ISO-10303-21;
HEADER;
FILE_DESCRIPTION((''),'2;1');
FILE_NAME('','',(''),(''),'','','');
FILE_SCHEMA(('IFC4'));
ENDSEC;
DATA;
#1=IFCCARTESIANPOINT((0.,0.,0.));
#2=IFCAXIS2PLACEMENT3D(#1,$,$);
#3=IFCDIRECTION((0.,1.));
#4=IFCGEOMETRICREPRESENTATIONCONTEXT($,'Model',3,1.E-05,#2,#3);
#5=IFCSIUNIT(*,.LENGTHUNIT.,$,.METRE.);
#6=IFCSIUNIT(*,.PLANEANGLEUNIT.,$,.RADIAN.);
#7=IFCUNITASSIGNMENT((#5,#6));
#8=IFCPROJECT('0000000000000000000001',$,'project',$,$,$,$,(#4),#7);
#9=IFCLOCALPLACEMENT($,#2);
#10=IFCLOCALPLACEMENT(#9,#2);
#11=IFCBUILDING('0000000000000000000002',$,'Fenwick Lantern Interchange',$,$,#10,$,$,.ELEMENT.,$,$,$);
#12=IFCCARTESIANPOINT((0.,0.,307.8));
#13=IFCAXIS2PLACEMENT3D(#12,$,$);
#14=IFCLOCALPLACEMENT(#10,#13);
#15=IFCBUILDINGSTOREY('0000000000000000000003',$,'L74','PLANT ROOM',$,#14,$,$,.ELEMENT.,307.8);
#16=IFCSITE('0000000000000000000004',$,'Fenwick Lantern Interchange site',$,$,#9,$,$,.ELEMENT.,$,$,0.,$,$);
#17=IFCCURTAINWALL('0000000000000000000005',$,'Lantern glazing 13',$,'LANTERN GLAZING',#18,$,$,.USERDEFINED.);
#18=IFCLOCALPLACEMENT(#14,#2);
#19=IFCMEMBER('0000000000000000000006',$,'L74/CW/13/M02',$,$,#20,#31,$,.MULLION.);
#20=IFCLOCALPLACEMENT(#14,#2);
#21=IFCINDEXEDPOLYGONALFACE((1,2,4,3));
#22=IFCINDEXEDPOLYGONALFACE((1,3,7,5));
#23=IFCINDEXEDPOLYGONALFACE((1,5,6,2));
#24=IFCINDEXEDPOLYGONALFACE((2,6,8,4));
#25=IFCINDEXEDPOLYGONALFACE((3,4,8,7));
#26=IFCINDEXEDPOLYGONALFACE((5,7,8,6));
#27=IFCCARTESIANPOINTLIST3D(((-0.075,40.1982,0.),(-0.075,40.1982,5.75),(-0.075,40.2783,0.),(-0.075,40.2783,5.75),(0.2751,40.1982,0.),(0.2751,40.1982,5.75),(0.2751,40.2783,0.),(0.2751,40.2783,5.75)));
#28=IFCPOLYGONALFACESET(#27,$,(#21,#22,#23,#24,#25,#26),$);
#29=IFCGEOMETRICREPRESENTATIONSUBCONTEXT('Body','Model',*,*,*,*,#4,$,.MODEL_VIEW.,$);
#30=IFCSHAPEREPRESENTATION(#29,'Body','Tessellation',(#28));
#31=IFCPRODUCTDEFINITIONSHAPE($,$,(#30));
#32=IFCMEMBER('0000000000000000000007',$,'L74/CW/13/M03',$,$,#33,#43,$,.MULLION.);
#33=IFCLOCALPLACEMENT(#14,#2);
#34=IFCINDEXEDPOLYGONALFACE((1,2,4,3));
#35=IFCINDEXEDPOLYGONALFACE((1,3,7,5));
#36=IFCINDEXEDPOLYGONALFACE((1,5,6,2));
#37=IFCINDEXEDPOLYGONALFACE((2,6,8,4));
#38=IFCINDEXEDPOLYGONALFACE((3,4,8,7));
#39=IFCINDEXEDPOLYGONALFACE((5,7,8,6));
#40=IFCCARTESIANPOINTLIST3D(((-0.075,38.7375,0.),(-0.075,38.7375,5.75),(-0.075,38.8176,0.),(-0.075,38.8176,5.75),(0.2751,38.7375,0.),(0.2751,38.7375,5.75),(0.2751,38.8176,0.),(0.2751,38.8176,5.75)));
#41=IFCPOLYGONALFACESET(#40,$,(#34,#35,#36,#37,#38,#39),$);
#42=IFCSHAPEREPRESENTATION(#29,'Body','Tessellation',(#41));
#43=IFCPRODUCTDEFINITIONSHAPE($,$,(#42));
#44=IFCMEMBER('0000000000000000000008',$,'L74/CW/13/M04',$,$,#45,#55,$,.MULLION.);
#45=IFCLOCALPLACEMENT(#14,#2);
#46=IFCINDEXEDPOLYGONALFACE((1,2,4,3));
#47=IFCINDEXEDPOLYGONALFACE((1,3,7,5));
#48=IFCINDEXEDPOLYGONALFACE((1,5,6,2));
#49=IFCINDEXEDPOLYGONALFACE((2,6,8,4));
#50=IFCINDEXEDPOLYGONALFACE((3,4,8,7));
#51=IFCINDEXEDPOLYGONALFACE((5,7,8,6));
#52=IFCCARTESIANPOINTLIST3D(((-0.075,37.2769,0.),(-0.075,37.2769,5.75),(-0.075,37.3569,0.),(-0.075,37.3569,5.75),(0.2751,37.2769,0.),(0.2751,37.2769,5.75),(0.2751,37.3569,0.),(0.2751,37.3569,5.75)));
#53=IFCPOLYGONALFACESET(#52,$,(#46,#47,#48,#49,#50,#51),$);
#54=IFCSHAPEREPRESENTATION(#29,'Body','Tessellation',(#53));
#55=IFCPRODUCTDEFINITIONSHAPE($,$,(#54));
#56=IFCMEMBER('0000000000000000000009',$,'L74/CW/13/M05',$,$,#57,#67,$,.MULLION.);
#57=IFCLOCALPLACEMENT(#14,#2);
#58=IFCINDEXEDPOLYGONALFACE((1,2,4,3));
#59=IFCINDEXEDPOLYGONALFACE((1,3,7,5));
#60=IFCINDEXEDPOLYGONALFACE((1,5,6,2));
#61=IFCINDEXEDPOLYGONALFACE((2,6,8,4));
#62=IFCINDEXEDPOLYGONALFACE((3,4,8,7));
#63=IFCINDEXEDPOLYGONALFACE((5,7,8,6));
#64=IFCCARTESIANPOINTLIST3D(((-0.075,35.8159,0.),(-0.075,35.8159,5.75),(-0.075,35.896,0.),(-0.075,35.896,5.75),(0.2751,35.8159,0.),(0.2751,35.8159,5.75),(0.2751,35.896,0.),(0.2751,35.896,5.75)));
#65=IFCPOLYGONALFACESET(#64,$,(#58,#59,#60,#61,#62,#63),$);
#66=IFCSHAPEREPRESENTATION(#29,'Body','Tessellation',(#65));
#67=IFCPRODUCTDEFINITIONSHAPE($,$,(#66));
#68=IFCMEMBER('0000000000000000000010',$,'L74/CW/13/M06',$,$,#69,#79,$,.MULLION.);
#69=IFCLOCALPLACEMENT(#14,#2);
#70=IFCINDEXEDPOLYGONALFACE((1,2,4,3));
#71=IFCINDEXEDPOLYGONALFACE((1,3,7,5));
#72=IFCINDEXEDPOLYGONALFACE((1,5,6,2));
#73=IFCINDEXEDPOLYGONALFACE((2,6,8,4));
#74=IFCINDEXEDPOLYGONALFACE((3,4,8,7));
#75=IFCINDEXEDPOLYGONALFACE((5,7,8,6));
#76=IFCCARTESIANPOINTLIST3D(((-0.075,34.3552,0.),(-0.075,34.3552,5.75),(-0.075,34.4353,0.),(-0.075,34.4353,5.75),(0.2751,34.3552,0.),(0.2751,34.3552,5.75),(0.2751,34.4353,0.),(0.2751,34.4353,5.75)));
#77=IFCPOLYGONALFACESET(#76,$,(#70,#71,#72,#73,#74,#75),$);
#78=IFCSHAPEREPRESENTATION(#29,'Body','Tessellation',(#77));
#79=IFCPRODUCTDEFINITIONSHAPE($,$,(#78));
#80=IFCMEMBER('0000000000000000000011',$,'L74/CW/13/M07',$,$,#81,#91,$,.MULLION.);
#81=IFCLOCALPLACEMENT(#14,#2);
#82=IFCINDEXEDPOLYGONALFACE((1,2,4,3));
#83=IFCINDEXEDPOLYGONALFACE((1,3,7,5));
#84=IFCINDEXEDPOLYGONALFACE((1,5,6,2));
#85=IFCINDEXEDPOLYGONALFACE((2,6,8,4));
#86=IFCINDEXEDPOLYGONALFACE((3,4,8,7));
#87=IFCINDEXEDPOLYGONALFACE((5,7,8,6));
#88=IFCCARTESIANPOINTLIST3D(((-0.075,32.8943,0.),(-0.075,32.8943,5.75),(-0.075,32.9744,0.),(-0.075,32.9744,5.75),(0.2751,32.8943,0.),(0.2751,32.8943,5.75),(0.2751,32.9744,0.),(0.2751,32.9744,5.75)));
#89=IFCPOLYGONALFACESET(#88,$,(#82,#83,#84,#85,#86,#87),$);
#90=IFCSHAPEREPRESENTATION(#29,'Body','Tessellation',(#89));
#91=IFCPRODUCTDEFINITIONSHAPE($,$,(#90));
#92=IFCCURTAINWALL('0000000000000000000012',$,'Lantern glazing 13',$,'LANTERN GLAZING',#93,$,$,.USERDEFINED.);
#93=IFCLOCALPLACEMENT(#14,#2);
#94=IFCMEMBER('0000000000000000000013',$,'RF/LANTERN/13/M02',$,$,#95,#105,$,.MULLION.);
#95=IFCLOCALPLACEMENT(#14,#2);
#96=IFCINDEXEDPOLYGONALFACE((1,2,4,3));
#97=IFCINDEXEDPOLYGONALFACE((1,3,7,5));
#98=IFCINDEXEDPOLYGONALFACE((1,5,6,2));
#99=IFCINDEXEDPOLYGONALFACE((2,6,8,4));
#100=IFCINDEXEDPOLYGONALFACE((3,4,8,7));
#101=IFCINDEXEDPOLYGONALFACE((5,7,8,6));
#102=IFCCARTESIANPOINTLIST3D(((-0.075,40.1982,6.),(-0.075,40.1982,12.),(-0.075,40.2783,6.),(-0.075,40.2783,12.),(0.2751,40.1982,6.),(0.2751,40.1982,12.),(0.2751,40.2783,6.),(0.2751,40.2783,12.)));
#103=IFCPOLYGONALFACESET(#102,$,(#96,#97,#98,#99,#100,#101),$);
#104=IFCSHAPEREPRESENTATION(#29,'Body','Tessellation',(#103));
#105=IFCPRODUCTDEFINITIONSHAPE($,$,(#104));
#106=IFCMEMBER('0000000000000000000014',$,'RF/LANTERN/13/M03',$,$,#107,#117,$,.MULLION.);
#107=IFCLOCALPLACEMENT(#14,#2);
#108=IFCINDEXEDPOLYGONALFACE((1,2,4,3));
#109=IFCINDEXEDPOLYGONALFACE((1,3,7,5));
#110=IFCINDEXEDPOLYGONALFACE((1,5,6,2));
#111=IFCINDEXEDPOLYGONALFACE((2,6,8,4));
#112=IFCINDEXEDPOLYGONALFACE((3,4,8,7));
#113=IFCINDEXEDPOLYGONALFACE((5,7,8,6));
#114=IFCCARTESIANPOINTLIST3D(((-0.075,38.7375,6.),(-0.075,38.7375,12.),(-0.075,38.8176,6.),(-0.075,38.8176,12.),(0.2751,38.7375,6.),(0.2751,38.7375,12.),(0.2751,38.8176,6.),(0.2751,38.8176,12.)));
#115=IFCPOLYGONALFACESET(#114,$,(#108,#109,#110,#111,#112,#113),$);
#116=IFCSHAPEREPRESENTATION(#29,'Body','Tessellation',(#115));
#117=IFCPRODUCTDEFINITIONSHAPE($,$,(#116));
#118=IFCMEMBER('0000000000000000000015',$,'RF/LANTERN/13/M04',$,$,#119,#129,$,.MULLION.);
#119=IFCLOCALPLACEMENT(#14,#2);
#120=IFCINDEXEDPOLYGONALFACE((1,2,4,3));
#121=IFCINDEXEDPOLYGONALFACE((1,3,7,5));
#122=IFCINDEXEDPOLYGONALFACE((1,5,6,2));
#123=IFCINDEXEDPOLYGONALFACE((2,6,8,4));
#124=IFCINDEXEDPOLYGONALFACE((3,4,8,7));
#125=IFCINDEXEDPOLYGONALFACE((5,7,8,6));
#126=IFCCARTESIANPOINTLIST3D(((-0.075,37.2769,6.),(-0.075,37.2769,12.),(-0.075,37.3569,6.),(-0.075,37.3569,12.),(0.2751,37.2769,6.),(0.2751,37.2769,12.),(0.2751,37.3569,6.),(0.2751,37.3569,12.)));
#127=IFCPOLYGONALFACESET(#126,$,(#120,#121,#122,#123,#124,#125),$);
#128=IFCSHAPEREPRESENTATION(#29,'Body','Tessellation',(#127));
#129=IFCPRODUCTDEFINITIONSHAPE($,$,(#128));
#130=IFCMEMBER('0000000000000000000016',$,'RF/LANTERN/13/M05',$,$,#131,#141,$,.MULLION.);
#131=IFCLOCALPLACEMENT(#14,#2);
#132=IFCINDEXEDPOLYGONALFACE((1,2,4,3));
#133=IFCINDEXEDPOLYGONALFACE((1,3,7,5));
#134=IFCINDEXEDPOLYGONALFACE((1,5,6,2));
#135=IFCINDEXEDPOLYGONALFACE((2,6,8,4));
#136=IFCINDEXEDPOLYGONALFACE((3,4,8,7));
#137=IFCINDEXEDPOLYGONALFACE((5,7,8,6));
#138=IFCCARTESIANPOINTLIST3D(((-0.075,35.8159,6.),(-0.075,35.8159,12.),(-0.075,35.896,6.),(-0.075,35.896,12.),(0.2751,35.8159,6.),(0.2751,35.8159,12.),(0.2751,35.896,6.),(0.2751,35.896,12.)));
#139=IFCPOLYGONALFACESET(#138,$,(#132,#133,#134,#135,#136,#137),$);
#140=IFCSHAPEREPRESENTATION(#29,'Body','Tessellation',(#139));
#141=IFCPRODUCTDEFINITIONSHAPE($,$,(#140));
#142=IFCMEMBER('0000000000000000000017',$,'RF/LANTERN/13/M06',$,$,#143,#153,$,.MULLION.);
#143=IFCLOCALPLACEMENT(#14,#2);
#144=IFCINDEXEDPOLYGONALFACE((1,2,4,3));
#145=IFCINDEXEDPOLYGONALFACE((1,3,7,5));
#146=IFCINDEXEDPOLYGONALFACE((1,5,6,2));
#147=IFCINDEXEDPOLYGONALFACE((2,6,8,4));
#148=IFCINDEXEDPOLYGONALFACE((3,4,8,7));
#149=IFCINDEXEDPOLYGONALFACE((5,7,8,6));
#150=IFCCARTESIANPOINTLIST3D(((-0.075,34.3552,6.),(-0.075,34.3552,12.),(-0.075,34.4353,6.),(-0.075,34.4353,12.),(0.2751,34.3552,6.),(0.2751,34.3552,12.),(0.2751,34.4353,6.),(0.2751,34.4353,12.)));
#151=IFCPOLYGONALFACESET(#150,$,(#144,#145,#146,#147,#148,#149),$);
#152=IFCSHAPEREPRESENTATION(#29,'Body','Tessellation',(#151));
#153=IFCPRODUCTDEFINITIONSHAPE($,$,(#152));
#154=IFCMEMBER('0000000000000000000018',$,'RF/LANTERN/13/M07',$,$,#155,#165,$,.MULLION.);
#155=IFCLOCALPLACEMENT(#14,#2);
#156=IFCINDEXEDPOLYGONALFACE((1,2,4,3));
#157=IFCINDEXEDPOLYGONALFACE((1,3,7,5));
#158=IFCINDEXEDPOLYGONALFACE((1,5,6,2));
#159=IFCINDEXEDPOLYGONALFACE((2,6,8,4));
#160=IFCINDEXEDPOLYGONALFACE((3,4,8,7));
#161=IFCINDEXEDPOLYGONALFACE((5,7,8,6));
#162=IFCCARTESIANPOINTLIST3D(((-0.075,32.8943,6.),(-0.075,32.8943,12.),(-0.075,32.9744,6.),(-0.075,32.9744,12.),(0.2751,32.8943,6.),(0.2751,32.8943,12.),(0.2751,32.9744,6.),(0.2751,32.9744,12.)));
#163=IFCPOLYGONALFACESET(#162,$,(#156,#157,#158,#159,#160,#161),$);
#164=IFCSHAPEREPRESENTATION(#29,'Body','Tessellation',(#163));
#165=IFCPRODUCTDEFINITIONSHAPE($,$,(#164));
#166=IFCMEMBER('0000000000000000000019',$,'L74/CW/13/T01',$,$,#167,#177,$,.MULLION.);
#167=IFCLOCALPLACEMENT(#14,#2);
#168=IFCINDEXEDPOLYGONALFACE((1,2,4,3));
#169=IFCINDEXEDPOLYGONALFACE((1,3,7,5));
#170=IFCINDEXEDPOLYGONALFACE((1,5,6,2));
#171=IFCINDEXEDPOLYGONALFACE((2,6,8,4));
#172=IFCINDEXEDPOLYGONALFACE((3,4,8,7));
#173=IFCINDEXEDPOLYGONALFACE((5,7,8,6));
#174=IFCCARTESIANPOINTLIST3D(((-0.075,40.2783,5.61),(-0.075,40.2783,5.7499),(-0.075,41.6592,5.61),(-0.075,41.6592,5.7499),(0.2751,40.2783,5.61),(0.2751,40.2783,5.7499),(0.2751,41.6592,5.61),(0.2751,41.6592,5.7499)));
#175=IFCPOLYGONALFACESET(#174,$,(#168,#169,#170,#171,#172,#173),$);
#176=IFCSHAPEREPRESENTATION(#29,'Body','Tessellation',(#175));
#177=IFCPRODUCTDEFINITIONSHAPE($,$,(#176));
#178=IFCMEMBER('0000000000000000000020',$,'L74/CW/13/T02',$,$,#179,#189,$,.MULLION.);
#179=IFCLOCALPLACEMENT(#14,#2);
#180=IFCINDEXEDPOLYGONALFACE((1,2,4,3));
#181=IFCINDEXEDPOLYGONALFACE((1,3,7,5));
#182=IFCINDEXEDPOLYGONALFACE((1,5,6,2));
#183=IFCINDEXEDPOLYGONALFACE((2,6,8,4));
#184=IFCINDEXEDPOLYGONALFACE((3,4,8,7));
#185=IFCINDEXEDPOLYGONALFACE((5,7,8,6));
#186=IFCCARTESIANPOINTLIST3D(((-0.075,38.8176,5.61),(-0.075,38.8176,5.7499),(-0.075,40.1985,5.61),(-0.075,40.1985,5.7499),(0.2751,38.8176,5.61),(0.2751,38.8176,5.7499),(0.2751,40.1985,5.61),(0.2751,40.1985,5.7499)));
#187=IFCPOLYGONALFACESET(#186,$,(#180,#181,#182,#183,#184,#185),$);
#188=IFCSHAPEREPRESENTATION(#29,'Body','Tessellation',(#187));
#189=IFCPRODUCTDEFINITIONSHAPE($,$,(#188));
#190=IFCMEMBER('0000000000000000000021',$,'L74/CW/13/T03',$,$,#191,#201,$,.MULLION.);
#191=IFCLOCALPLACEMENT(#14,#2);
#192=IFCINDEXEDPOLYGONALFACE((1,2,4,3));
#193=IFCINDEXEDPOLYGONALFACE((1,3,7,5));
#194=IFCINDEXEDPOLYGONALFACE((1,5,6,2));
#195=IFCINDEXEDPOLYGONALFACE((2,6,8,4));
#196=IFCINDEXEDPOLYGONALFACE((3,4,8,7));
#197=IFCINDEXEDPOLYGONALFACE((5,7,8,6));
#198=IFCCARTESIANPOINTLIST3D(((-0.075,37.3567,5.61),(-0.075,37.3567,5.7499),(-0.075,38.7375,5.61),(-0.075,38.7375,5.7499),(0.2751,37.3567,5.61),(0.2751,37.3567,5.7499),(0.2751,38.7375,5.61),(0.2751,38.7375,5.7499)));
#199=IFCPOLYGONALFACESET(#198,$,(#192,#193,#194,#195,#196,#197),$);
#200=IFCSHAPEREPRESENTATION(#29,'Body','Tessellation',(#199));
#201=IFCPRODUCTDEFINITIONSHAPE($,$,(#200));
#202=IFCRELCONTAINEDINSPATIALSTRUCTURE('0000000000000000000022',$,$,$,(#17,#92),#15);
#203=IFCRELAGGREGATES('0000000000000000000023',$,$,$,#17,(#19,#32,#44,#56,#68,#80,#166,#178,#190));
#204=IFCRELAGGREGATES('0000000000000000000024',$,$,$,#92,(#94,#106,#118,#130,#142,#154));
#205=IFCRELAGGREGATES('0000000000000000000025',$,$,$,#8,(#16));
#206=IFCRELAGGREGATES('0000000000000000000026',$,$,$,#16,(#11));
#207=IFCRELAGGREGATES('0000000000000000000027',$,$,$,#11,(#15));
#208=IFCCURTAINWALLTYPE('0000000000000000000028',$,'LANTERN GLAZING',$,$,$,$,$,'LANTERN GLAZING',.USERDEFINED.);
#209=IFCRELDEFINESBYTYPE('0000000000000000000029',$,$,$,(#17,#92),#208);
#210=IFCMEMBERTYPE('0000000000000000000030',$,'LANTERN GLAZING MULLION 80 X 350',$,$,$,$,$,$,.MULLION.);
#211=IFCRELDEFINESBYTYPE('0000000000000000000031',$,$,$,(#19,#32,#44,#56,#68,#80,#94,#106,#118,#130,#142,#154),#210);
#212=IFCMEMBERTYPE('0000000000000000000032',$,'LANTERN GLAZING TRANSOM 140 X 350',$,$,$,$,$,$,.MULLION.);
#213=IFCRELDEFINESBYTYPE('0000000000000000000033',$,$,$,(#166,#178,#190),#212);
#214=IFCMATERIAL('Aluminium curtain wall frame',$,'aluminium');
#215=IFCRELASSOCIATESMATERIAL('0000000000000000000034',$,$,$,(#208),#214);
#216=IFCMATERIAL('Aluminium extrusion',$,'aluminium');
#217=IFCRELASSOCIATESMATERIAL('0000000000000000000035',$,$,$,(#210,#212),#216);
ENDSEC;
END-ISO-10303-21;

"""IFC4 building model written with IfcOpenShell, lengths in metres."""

from ifc_helpers import new_model, si_unit, direction, frame, origin, origin_2d, place, context, subcontext, project, spatial, rectangle, extrude, material, material_profile, profile_set, type_object, element, aggregate, save


model = new_model("IFC4")

# Units and contexts
model_context = context("Model", 3, precision=1e-05, world=origin(), true_north=direction((0.0, 1.0)))
body_context = subcontext(model_context, "Body", "Model", "MODEL_VIEW")
ifc_project = project(units=[si_unit("LENGTHUNIT", "METRE"), si_unit("PLANEANGLEUNIT", "RADIAN")], contexts=[model_context])

# Site, building, storey
site_placement = place(None, origin())
site = spatial("IfcSite", under=ifc_project, at=site_placement, Name="Fenwick Lantern Interchange site", CompositionType="ELEMENT", RefElevation=0.0)
building_placement = place(site_placement, origin())
building = spatial("IfcBuilding", under=site, at=building_placement, Name="Fenwick Lantern Interchange", CompositionType="ELEMENT")
storey_placement = place(building_placement, frame((0.0, 0.0, 307.8)))
storey = spatial("IfcBuildingStorey", under=building, at=storey_placement, Name="L74", Description="PLANT ROOM", CompositionType="ELEMENT", Elevation=307.8)

# Curtain walls, members
ifc_material_1 = material(Name="Aluminium curtain wall frame", Category="aluminium")
curtain_wall_type = type_object("IfcCurtainWallType", Name="LANTERN GLAZING", ElementType="LANTERN GLAZING", PredefinedType="USERDEFINED", material=ifc_material_1)
curtain_wall_1_placement = place(storey_placement, origin())
curtain_wall_1 = element("IfcCurtainWall", 1, at=curtain_wall_1_placement, inside=storey, type_object=curtain_wall_type, Name="Lantern glazing 13", ObjectType="LANTERN GLAZING", PredefinedType="USERDEFINED")
ifc_material_2 = material(Name="Aluminium extrusion", Category="aluminium")
ifc_material_profile_1 = material_profile(ifc_material_2, rectangle(XDim=0.3501, YDim=0.0801, at=origin_2d()), Name="LANTERN GLAZING MULLION 80 X 350")
ifc_profile_set_1 = profile_set([ifc_material_profile_1], Name="Aluminium extrusion")
member_type_1 = type_object("IfcMemberType", Name="LANTERN GLAZING MULLION 80 X 350", PredefinedType="MULLION", material=ifc_profile_set_1)
member_1_placement = place(storey_placement, frame((0.1001, 40.2383, 0.0), z_axis=(0.0, 0.0, 1.0), x_axis=(1.0, 0.0, 0.0)))
member_1 = element("IfcMember", 2, at=member_1_placement, type_object=member_type_1, Name="L74/CW/13/M02", PredefinedType="MULLION", context=body_context, shape_type="SweptSolid", body=[
    extrude(rectangle(XDim=0.3501, YDim=0.0801, at=origin_2d()), origin(), (0.0, 0.0, 1.0), 5.75),
])
member_2_placement = place(storey_placement, frame((0.1001, 38.7776, 0.0), z_axis=(0.0, 0.0, 1.0), x_axis=(1.0, 0.0, 0.0)))
member_2 = element("IfcMember", 3, at=member_2_placement, type_object=member_type_1, Name="L74/CW/13/M03", PredefinedType="MULLION", context=body_context, shape_type="SweptSolid", body=[
    extrude(rectangle(XDim=0.3501, YDim=0.0801, at=origin_2d()), origin(), (0.0, 0.0, 1.0), 5.75),
])
member_3_placement = place(storey_placement, frame((0.1001, 37.3169, 0.0), z_axis=(0.0, 0.0, 1.0), x_axis=(1.0, 0.0, 0.0)))
member_3 = element("IfcMember", 4, at=member_3_placement, type_object=member_type_1, Name="L74/CW/13/M04", PredefinedType="MULLION", context=body_context, shape_type="SweptSolid", body=[
    extrude(rectangle(XDim=0.3501, YDim=0.0801, at=origin_2d()), origin(), (0.0, 0.0, 1.0), 5.75),
])
member_4_placement = place(storey_placement, frame((0.1001, 35.856, 0.0), z_axis=(0.0, 0.0, 1.0), x_axis=(1.0, 0.0, 0.0)))
member_4 = element("IfcMember", 5, at=member_4_placement, type_object=member_type_1, Name="L74/CW/13/M05", PredefinedType="MULLION", context=body_context, shape_type="SweptSolid", body=[
    extrude(rectangle(XDim=0.3501, YDim=0.0801, at=origin_2d()), origin(), (0.0, 0.0, 1.0), 5.75),
])
member_5_placement = place(storey_placement, frame((0.1001, 34.3953, 0.0), z_axis=(0.0, 0.0, 1.0), x_axis=(1.0, 0.0, 0.0)))
member_5 = element("IfcMember", 6, at=member_5_placement, type_object=member_type_1, Name="L74/CW/13/M06", PredefinedType="MULLION", context=body_context, shape_type="SweptSolid", body=[
    extrude(rectangle(XDim=0.3501, YDim=0.0801, at=origin_2d()), origin(), (0.0, 0.0, 1.0), 5.75),
])
member_6_placement = place(storey_placement, frame((0.1001, 32.9343, 0.0), z_axis=(0.0, 0.0, 1.0), x_axis=(1.0, 0.0, 0.0)))
member_6 = element("IfcMember", 7, at=member_6_placement, type_object=member_type_1, Name="L74/CW/13/M07", PredefinedType="MULLION", context=body_context, shape_type="SweptSolid", body=[
    extrude(rectangle(XDim=0.3501, YDim=0.0801, at=origin_2d()), origin(), (0.0, 0.0, 1.0), 5.75),
])
curtain_wall_2_placement = place(storey_placement, origin())
curtain_wall_2 = element("IfcCurtainWall", 8, at=curtain_wall_2_placement, inside=storey, type_object=curtain_wall_type, Name="Lantern glazing 13", ObjectType="LANTERN GLAZING", PredefinedType="USERDEFINED")
member_7_placement = place(storey_placement, frame((0.1001, 40.2383, 6.0), z_axis=(0.0, 0.0, 1.0), x_axis=(1.0, 0.0, 0.0)))
member_7 = element("IfcMember", 9, at=member_7_placement, type_object=member_type_1, Name="RF/LANTERN/13/M02", PredefinedType="MULLION", context=body_context, shape_type="SweptSolid", body=[
    extrude(rectangle(XDim=0.3501, YDim=0.0801, at=origin_2d()), origin(), (0.0, 0.0, 1.0), 6.0),
])
member_8_placement = place(storey_placement, frame((0.1001, 38.7776, 6.0), z_axis=(0.0, 0.0, 1.0), x_axis=(1.0, 0.0, 0.0)))
member_8 = element("IfcMember", 10, at=member_8_placement, type_object=member_type_1, Name="RF/LANTERN/13/M03", PredefinedType="MULLION", context=body_context, shape_type="SweptSolid", body=[
    extrude(rectangle(XDim=0.3501, YDim=0.0801, at=origin_2d()), origin(), (0.0, 0.0, 1.0), 6.0),
])
member_9_placement = place(storey_placement, frame((0.1001, 37.3169, 6.0), z_axis=(0.0, 0.0, 1.0), x_axis=(1.0, 0.0, 0.0)))
member_9 = element("IfcMember", 11, at=member_9_placement, type_object=member_type_1, Name="RF/LANTERN/13/M04", PredefinedType="MULLION", context=body_context, shape_type="SweptSolid", body=[
    extrude(rectangle(XDim=0.3501, YDim=0.0801, at=origin_2d()), origin(), (0.0, 0.0, 1.0), 6.0),
])
member_10_placement = place(storey_placement, frame((0.1001, 35.856, 6.0), z_axis=(0.0, 0.0, 1.0), x_axis=(1.0, 0.0, 0.0)))
member_10 = element("IfcMember", 12, at=member_10_placement, type_object=member_type_1, Name="RF/LANTERN/13/M05", PredefinedType="MULLION", context=body_context, shape_type="SweptSolid", body=[
    extrude(rectangle(XDim=0.3501, YDim=0.0801, at=origin_2d()), origin(), (0.0, 0.0, 1.0), 6.0),
])
member_11_placement = place(storey_placement, frame((0.1001, 34.3953, 6.0), z_axis=(0.0, 0.0, 1.0), x_axis=(1.0, 0.0, 0.0)))
member_11 = element("IfcMember", 13, at=member_11_placement, type_object=member_type_1, Name="RF/LANTERN/13/M06", PredefinedType="MULLION", context=body_context, shape_type="SweptSolid", body=[
    extrude(rectangle(XDim=0.3501, YDim=0.0801, at=origin_2d()), origin(), (0.0, 0.0, 1.0), 6.0),
])
member_12_placement = place(storey_placement, frame((0.1001, 32.9343, 6.0), z_axis=(0.0, 0.0, 1.0), x_axis=(1.0, 0.0, 0.0)))
member_12 = element("IfcMember", 14, at=member_12_placement, type_object=member_type_1, Name="RF/LANTERN/13/M07", PredefinedType="MULLION", context=body_context, shape_type="SweptSolid", body=[
    extrude(rectangle(XDim=0.3501, YDim=0.0801, at=origin_2d()), origin(), (0.0, 0.0, 1.0), 6.0),
])

# Members
ifc_material_profile_2 = material_profile(ifc_material_2, rectangle(XDim=0.3501, YDim=0.1399, at=origin_2d()), Name="LANTERN GLAZING TRANSOM 140 X 350")
ifc_profile_set_2 = profile_set([ifc_material_profile_2], Name="Aluminium extrusion")
member_type_2 = type_object("IfcMemberType", Name="LANTERN GLAZING TRANSOM 140 X 350", PredefinedType="MULLION", material=ifc_profile_set_2)
member_13_placement = place(storey_placement, frame((0.1001, 41.6592, 5.6799), z_axis=(0.0, -1.0, 0.0), x_axis=(1.0, 0.0, 0.0)))
member_13 = element("IfcMember", 15, at=member_13_placement, type_object=member_type_2, Name="L74/CW/13/T01", PredefinedType="MULLION", context=body_context, shape_type="SweptSolid", body=[
    extrude(rectangle(XDim=0.3501, YDim=0.1399, at=origin_2d()), origin(), (0.0, 0.0, 1.0), 1.3809),
])
member_14_placement = place(storey_placement, frame((0.1001, 40.1985, 5.6799), z_axis=(0.0, -1.0, 0.0), x_axis=(1.0, 0.0, 0.0)))
member_14 = element("IfcMember", 16, at=member_14_placement, type_object=member_type_2, Name="L74/CW/13/T02", PredefinedType="MULLION", context=body_context, shape_type="SweptSolid", body=[
    extrude(rectangle(XDim=0.3501, YDim=0.1399, at=origin_2d()), origin(), (0.0, 0.0, 1.0), 1.3809),
])
member_15_placement = place(storey_placement, frame((0.1001, 38.7375, 5.6799), z_axis=(0.0, -1.0, 0.0), x_axis=(1.0, 0.0, 0.0)))
member_15 = element("IfcMember", 17, at=member_15_placement, type_object=member_type_2, Name="L74/CW/13/T03", PredefinedType="MULLION", context=body_context, shape_type="SweptSolid", body=[
    extrude(rectangle(XDim=0.3501, YDim=0.1399, at=origin_2d()), origin(), (0.0, 0.0, 1.0), 1.3809),
])

aggregate(curtain_wall_1, [member_1, member_2, member_3, member_4, member_5, member_6, member_13, member_14, member_15])
aggregate(curtain_wall_2, [member_7, member_8, member_9, member_10, member_11, member_12])

save(model, "model.ifc")
